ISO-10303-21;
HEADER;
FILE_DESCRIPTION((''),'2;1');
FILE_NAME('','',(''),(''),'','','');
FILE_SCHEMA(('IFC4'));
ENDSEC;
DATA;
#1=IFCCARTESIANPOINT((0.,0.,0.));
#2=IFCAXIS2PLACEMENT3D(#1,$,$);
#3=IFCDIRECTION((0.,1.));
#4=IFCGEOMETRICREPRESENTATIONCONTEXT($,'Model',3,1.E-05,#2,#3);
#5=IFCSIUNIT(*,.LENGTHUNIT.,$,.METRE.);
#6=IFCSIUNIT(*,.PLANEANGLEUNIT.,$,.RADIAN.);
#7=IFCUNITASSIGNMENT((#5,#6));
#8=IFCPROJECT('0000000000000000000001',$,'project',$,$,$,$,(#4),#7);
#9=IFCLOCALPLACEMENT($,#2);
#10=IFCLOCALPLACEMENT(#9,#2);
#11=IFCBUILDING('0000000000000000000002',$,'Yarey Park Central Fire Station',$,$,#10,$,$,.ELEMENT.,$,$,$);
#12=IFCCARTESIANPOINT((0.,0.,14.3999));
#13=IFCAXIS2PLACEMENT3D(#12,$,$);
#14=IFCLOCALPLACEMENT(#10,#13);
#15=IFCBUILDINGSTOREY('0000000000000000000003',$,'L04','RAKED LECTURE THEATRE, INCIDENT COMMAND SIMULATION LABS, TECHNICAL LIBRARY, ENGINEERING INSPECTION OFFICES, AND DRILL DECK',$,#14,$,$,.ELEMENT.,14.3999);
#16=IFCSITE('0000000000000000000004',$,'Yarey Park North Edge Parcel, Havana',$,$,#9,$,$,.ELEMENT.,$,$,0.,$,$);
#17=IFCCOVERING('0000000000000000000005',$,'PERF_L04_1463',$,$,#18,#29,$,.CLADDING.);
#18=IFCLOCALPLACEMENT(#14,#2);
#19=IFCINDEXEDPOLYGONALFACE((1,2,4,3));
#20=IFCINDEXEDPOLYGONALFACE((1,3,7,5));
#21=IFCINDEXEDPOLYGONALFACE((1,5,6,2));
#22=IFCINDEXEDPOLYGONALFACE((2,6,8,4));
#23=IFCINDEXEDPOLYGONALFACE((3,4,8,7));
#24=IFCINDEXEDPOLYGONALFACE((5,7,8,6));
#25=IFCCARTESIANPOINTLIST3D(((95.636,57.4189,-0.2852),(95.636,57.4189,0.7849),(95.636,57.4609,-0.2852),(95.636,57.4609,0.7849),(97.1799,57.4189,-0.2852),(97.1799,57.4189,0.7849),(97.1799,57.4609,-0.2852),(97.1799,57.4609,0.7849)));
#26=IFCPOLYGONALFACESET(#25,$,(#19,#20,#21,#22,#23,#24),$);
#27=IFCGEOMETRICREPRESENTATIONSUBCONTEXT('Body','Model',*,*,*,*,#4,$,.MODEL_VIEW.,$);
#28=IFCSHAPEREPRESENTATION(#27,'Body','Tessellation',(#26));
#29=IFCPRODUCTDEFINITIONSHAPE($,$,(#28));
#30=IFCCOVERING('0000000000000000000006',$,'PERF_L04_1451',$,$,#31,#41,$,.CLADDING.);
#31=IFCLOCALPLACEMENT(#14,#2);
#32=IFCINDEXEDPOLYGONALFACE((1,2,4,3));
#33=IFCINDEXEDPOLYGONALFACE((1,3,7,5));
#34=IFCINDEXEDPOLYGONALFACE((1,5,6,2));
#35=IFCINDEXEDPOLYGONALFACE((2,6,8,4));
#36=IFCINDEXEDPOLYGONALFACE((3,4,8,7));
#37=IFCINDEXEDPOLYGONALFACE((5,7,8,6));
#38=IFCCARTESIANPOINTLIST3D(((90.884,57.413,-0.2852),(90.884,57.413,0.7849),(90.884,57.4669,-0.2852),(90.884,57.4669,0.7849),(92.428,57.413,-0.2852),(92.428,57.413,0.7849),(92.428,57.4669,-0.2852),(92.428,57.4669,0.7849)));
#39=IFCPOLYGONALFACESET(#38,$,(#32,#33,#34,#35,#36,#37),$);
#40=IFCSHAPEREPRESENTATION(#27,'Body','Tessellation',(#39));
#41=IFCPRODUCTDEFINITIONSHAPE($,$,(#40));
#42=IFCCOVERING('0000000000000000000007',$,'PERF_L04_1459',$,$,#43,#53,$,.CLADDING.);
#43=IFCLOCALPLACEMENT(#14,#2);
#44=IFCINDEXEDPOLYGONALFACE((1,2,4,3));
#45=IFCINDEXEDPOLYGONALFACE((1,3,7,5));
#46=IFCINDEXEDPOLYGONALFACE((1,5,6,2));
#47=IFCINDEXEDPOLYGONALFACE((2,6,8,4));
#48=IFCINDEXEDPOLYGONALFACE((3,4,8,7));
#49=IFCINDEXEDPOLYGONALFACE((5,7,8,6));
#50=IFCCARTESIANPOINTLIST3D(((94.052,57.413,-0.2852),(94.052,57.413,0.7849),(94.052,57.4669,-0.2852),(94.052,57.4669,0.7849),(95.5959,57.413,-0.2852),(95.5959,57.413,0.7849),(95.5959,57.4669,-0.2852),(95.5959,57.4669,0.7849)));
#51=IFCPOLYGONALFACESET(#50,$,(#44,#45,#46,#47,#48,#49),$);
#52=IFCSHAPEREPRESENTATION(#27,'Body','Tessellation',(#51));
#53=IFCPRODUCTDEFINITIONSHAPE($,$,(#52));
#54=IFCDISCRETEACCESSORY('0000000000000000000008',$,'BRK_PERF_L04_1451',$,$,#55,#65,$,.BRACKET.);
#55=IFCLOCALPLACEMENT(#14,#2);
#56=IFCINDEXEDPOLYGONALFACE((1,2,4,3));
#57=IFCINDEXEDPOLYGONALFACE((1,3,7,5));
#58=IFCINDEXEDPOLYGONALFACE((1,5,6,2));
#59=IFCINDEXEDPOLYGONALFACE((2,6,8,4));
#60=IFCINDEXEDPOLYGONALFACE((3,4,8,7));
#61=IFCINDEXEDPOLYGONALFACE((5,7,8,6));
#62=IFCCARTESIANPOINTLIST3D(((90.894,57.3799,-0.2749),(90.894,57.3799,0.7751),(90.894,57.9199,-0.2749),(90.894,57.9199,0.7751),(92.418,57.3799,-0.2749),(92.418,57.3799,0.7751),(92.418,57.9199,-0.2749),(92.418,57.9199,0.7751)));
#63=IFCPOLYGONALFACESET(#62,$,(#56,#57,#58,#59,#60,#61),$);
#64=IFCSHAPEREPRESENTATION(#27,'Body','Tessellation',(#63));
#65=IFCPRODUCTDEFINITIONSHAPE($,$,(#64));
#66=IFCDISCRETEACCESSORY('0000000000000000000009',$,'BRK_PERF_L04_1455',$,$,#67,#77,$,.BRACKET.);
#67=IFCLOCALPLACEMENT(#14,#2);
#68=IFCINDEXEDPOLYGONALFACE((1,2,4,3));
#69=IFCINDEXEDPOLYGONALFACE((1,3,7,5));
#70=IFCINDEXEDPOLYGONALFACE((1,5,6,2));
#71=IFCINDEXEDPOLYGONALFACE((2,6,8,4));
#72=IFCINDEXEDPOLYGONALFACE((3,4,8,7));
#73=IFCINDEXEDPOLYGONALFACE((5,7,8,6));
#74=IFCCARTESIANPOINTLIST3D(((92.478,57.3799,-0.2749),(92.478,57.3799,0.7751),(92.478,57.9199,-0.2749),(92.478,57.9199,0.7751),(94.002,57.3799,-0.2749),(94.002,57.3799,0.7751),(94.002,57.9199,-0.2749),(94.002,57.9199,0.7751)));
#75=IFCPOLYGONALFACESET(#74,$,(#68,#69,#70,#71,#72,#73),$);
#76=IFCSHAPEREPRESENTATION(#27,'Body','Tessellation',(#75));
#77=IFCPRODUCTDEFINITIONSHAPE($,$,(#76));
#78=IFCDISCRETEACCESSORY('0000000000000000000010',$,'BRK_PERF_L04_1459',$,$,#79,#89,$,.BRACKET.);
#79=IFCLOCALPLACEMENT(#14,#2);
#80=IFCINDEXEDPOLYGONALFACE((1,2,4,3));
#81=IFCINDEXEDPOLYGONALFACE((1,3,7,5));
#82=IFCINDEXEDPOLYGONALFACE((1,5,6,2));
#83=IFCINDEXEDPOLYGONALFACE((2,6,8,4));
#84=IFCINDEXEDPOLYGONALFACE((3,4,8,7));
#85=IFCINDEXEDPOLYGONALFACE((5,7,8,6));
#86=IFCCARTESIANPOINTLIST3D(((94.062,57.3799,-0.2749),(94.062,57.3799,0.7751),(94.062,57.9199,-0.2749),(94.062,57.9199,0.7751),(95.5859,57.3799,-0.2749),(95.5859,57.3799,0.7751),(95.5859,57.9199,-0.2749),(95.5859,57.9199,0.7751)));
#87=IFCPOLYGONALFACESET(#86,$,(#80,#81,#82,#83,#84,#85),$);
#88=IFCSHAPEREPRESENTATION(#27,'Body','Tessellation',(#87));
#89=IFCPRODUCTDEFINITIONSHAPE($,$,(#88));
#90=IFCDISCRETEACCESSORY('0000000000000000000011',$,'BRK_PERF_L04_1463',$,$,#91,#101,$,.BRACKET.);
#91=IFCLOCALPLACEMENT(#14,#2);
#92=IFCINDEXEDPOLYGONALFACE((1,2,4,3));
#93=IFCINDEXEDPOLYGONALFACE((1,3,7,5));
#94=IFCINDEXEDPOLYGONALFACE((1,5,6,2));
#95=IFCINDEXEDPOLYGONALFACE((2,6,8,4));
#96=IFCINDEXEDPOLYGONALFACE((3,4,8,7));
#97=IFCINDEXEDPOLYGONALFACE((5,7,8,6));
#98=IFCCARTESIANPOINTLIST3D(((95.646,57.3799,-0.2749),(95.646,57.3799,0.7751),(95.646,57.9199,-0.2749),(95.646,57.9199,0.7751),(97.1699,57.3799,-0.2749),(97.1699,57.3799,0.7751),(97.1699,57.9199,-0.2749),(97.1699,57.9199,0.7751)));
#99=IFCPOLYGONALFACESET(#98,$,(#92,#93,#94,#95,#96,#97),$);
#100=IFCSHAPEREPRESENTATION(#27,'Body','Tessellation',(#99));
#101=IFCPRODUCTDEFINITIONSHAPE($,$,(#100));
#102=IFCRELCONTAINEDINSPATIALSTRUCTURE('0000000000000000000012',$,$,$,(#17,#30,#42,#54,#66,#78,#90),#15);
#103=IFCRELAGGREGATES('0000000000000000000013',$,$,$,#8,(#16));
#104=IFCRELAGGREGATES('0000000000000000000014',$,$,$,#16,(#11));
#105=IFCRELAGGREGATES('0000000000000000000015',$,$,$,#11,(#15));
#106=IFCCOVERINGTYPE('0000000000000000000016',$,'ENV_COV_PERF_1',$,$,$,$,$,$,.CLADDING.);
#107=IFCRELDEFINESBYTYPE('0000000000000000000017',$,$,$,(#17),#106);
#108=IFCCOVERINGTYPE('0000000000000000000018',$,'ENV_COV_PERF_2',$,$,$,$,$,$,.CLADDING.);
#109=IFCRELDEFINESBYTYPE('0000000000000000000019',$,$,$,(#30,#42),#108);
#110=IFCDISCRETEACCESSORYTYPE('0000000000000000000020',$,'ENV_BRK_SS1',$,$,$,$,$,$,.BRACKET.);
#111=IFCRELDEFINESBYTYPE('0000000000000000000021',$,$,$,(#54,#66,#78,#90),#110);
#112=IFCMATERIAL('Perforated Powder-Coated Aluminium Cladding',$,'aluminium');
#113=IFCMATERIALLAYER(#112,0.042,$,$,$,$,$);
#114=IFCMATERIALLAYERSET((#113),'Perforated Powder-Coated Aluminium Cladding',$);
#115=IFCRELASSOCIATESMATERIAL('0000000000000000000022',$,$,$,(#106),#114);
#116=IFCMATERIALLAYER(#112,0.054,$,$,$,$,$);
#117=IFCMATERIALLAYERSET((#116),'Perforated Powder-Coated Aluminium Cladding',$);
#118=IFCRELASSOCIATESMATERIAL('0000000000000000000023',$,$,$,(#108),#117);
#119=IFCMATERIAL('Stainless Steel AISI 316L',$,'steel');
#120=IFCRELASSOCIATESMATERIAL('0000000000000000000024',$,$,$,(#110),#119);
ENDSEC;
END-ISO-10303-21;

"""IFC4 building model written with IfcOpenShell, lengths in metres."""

from ifc_helpers import new_model, si_unit, direction, frame, origin, origin_2d, place, context, subcontext, project, spatial, rectangle, extrude, material, layer, layer_set, type_object, element, save


model = new_model("IFC4")

# Units and contexts
model_context = context("Model", 3, precision=1e-05, world=origin(), true_north=direction((0.0, 1.0)))
body_context = subcontext(model_context, "Body", "Model", "MODEL_VIEW")
ifc_project = project(units=[si_unit("LENGTHUNIT", "METRE"), si_unit("PLANEANGLEUNIT", "RADIAN")], contexts=[model_context])

# Site, building, storey
site_placement = place(None, origin())
site = spatial("IfcSite", under=ifc_project, at=site_placement, Name="Yarey Park North Edge Parcel, Havana", CompositionType="ELEMENT", RefElevation=0.0)
building_placement = place(site_placement, origin())
building = spatial("IfcBuilding", under=site, at=building_placement, Name="Yarey Park Central Fire Station", CompositionType="ELEMENT")
storey_placement = place(building_placement, frame((0.0, 0.0, 14.3999)))
storey = spatial("IfcBuildingStorey", under=building, at=storey_placement, Name="L04", Description="RAKED LECTURE THEATRE, INCIDENT COMMAND SIMULATION LABS, TECHNICAL LIBRARY, ENGINEERING INSPECTION OFFICES, AND DRILL DECK", CompositionType="ELEMENT", Elevation=14.3999)

# Coverings
ifc_material_1 = material(Name="Perforated Powder-Coated Aluminium Cladding", Category="aluminium")
ifc_layer_1 = layer(ifc_material_1, 0.042)
ifc_layer_set_1 = layer_set([ifc_layer_1], Name="Perforated Powder-Coated Aluminium Cladding")
covering_type_1 = type_object("IfcCoveringType", Name="ENV_COV_PERF_1", PredefinedType="CLADDING", material=ifc_layer_set_1)
for number, where, z_axis, x_axis, name in (
    (1, (96.408, 57.4399, -0.2852), (0.0, 0.0, 1.0), (1.0, 0.0, 0.0), "PERF_L04_1463"),
):
    element("IfcCovering", number, at=place(storey_placement, frame(where, z_axis=z_axis, x_axis=x_axis)), inside=storey, type_object=covering_type_1, Name=name, PredefinedType="CLADDING", context=body_context, shape_type="SweptSolid", body=[
        extrude(rectangle(XDim=1.5439, YDim=0.042, at=origin_2d()), origin(), (0.0, 0.0, 1.0), 1.0701),
    ])
ifc_layer_2 = layer(ifc_material_1, 0.054)
ifc_layer_set_2 = layer_set([ifc_layer_2], Name="Perforated Powder-Coated Aluminium Cladding")
covering_type_2 = type_object("IfcCoveringType", Name="ENV_COV_PERF_2", PredefinedType="CLADDING", material=ifc_layer_set_2)
for number, where, z_axis, x_axis, name in (
    (2, (91.656, 57.4399, -0.2852), (0.0, 0.0, 1.0), (1.0, 0.0, 0.0), "PERF_L04_1451"),
    (3, (94.824, 57.4399, -0.2852), (0.0, 0.0, 1.0), (1.0, 0.0, 0.0), "PERF_L04_1459"),
):
    element("IfcCovering", number, at=place(storey_placement, frame(where, z_axis=z_axis, x_axis=x_axis)), inside=storey, type_object=covering_type_2, Name=name, PredefinedType="CLADDING", context=body_context, shape_type="SweptSolid", body=[
        extrude(rectangle(XDim=1.5439, YDim=0.054, at=origin_2d()), origin(), (0.0, 0.0, 1.0), 1.0701),
    ])

# Discrete accessories
ifc_material_2 = material(Name="Stainless Steel AISI 316L", Category="steel")
discrete_accessory_type = type_object("IfcDiscreteAccessoryType", Name="ENV_BRK_SS1", PredefinedType="BRACKET", material=ifc_material_2)
for number, where, z_axis, x_axis, name in (
    (4, (91.656, 57.6499, -0.2749), (0.0, 0.0, 1.0), (1.0, 0.0, 0.0), "BRK_PERF_L04_1451"),
    (5, (93.24, 57.6499, -0.2749), (0.0, 0.0, 1.0), (1.0, 0.0, 0.0), "BRK_PERF_L04_1455"),
    (6, (94.824, 57.6499, -0.2749), (0.0, 0.0, 1.0), (1.0, 0.0, 0.0), "BRK_PERF_L04_1459"),
    (7, (96.408, 57.6499, -0.2749), (0.0, 0.0, 1.0), (1.0, 0.0, 0.0), "BRK_PERF_L04_1463"),
):
    element("IfcDiscreteAccessory", number, at=place(storey_placement, frame(where, z_axis=z_axis, x_axis=x_axis)), inside=storey, type_object=discrete_accessory_type, Name=name, PredefinedType="BRACKET", context=body_context, shape_type="SweptSolid", body=[
        extrude(rectangle(XDim=1.5239, YDim=0.54, at=origin_2d()), origin(), (0.0, 0.0, 1.0), 1.05),
    ])

save(model, "model.ifc")
